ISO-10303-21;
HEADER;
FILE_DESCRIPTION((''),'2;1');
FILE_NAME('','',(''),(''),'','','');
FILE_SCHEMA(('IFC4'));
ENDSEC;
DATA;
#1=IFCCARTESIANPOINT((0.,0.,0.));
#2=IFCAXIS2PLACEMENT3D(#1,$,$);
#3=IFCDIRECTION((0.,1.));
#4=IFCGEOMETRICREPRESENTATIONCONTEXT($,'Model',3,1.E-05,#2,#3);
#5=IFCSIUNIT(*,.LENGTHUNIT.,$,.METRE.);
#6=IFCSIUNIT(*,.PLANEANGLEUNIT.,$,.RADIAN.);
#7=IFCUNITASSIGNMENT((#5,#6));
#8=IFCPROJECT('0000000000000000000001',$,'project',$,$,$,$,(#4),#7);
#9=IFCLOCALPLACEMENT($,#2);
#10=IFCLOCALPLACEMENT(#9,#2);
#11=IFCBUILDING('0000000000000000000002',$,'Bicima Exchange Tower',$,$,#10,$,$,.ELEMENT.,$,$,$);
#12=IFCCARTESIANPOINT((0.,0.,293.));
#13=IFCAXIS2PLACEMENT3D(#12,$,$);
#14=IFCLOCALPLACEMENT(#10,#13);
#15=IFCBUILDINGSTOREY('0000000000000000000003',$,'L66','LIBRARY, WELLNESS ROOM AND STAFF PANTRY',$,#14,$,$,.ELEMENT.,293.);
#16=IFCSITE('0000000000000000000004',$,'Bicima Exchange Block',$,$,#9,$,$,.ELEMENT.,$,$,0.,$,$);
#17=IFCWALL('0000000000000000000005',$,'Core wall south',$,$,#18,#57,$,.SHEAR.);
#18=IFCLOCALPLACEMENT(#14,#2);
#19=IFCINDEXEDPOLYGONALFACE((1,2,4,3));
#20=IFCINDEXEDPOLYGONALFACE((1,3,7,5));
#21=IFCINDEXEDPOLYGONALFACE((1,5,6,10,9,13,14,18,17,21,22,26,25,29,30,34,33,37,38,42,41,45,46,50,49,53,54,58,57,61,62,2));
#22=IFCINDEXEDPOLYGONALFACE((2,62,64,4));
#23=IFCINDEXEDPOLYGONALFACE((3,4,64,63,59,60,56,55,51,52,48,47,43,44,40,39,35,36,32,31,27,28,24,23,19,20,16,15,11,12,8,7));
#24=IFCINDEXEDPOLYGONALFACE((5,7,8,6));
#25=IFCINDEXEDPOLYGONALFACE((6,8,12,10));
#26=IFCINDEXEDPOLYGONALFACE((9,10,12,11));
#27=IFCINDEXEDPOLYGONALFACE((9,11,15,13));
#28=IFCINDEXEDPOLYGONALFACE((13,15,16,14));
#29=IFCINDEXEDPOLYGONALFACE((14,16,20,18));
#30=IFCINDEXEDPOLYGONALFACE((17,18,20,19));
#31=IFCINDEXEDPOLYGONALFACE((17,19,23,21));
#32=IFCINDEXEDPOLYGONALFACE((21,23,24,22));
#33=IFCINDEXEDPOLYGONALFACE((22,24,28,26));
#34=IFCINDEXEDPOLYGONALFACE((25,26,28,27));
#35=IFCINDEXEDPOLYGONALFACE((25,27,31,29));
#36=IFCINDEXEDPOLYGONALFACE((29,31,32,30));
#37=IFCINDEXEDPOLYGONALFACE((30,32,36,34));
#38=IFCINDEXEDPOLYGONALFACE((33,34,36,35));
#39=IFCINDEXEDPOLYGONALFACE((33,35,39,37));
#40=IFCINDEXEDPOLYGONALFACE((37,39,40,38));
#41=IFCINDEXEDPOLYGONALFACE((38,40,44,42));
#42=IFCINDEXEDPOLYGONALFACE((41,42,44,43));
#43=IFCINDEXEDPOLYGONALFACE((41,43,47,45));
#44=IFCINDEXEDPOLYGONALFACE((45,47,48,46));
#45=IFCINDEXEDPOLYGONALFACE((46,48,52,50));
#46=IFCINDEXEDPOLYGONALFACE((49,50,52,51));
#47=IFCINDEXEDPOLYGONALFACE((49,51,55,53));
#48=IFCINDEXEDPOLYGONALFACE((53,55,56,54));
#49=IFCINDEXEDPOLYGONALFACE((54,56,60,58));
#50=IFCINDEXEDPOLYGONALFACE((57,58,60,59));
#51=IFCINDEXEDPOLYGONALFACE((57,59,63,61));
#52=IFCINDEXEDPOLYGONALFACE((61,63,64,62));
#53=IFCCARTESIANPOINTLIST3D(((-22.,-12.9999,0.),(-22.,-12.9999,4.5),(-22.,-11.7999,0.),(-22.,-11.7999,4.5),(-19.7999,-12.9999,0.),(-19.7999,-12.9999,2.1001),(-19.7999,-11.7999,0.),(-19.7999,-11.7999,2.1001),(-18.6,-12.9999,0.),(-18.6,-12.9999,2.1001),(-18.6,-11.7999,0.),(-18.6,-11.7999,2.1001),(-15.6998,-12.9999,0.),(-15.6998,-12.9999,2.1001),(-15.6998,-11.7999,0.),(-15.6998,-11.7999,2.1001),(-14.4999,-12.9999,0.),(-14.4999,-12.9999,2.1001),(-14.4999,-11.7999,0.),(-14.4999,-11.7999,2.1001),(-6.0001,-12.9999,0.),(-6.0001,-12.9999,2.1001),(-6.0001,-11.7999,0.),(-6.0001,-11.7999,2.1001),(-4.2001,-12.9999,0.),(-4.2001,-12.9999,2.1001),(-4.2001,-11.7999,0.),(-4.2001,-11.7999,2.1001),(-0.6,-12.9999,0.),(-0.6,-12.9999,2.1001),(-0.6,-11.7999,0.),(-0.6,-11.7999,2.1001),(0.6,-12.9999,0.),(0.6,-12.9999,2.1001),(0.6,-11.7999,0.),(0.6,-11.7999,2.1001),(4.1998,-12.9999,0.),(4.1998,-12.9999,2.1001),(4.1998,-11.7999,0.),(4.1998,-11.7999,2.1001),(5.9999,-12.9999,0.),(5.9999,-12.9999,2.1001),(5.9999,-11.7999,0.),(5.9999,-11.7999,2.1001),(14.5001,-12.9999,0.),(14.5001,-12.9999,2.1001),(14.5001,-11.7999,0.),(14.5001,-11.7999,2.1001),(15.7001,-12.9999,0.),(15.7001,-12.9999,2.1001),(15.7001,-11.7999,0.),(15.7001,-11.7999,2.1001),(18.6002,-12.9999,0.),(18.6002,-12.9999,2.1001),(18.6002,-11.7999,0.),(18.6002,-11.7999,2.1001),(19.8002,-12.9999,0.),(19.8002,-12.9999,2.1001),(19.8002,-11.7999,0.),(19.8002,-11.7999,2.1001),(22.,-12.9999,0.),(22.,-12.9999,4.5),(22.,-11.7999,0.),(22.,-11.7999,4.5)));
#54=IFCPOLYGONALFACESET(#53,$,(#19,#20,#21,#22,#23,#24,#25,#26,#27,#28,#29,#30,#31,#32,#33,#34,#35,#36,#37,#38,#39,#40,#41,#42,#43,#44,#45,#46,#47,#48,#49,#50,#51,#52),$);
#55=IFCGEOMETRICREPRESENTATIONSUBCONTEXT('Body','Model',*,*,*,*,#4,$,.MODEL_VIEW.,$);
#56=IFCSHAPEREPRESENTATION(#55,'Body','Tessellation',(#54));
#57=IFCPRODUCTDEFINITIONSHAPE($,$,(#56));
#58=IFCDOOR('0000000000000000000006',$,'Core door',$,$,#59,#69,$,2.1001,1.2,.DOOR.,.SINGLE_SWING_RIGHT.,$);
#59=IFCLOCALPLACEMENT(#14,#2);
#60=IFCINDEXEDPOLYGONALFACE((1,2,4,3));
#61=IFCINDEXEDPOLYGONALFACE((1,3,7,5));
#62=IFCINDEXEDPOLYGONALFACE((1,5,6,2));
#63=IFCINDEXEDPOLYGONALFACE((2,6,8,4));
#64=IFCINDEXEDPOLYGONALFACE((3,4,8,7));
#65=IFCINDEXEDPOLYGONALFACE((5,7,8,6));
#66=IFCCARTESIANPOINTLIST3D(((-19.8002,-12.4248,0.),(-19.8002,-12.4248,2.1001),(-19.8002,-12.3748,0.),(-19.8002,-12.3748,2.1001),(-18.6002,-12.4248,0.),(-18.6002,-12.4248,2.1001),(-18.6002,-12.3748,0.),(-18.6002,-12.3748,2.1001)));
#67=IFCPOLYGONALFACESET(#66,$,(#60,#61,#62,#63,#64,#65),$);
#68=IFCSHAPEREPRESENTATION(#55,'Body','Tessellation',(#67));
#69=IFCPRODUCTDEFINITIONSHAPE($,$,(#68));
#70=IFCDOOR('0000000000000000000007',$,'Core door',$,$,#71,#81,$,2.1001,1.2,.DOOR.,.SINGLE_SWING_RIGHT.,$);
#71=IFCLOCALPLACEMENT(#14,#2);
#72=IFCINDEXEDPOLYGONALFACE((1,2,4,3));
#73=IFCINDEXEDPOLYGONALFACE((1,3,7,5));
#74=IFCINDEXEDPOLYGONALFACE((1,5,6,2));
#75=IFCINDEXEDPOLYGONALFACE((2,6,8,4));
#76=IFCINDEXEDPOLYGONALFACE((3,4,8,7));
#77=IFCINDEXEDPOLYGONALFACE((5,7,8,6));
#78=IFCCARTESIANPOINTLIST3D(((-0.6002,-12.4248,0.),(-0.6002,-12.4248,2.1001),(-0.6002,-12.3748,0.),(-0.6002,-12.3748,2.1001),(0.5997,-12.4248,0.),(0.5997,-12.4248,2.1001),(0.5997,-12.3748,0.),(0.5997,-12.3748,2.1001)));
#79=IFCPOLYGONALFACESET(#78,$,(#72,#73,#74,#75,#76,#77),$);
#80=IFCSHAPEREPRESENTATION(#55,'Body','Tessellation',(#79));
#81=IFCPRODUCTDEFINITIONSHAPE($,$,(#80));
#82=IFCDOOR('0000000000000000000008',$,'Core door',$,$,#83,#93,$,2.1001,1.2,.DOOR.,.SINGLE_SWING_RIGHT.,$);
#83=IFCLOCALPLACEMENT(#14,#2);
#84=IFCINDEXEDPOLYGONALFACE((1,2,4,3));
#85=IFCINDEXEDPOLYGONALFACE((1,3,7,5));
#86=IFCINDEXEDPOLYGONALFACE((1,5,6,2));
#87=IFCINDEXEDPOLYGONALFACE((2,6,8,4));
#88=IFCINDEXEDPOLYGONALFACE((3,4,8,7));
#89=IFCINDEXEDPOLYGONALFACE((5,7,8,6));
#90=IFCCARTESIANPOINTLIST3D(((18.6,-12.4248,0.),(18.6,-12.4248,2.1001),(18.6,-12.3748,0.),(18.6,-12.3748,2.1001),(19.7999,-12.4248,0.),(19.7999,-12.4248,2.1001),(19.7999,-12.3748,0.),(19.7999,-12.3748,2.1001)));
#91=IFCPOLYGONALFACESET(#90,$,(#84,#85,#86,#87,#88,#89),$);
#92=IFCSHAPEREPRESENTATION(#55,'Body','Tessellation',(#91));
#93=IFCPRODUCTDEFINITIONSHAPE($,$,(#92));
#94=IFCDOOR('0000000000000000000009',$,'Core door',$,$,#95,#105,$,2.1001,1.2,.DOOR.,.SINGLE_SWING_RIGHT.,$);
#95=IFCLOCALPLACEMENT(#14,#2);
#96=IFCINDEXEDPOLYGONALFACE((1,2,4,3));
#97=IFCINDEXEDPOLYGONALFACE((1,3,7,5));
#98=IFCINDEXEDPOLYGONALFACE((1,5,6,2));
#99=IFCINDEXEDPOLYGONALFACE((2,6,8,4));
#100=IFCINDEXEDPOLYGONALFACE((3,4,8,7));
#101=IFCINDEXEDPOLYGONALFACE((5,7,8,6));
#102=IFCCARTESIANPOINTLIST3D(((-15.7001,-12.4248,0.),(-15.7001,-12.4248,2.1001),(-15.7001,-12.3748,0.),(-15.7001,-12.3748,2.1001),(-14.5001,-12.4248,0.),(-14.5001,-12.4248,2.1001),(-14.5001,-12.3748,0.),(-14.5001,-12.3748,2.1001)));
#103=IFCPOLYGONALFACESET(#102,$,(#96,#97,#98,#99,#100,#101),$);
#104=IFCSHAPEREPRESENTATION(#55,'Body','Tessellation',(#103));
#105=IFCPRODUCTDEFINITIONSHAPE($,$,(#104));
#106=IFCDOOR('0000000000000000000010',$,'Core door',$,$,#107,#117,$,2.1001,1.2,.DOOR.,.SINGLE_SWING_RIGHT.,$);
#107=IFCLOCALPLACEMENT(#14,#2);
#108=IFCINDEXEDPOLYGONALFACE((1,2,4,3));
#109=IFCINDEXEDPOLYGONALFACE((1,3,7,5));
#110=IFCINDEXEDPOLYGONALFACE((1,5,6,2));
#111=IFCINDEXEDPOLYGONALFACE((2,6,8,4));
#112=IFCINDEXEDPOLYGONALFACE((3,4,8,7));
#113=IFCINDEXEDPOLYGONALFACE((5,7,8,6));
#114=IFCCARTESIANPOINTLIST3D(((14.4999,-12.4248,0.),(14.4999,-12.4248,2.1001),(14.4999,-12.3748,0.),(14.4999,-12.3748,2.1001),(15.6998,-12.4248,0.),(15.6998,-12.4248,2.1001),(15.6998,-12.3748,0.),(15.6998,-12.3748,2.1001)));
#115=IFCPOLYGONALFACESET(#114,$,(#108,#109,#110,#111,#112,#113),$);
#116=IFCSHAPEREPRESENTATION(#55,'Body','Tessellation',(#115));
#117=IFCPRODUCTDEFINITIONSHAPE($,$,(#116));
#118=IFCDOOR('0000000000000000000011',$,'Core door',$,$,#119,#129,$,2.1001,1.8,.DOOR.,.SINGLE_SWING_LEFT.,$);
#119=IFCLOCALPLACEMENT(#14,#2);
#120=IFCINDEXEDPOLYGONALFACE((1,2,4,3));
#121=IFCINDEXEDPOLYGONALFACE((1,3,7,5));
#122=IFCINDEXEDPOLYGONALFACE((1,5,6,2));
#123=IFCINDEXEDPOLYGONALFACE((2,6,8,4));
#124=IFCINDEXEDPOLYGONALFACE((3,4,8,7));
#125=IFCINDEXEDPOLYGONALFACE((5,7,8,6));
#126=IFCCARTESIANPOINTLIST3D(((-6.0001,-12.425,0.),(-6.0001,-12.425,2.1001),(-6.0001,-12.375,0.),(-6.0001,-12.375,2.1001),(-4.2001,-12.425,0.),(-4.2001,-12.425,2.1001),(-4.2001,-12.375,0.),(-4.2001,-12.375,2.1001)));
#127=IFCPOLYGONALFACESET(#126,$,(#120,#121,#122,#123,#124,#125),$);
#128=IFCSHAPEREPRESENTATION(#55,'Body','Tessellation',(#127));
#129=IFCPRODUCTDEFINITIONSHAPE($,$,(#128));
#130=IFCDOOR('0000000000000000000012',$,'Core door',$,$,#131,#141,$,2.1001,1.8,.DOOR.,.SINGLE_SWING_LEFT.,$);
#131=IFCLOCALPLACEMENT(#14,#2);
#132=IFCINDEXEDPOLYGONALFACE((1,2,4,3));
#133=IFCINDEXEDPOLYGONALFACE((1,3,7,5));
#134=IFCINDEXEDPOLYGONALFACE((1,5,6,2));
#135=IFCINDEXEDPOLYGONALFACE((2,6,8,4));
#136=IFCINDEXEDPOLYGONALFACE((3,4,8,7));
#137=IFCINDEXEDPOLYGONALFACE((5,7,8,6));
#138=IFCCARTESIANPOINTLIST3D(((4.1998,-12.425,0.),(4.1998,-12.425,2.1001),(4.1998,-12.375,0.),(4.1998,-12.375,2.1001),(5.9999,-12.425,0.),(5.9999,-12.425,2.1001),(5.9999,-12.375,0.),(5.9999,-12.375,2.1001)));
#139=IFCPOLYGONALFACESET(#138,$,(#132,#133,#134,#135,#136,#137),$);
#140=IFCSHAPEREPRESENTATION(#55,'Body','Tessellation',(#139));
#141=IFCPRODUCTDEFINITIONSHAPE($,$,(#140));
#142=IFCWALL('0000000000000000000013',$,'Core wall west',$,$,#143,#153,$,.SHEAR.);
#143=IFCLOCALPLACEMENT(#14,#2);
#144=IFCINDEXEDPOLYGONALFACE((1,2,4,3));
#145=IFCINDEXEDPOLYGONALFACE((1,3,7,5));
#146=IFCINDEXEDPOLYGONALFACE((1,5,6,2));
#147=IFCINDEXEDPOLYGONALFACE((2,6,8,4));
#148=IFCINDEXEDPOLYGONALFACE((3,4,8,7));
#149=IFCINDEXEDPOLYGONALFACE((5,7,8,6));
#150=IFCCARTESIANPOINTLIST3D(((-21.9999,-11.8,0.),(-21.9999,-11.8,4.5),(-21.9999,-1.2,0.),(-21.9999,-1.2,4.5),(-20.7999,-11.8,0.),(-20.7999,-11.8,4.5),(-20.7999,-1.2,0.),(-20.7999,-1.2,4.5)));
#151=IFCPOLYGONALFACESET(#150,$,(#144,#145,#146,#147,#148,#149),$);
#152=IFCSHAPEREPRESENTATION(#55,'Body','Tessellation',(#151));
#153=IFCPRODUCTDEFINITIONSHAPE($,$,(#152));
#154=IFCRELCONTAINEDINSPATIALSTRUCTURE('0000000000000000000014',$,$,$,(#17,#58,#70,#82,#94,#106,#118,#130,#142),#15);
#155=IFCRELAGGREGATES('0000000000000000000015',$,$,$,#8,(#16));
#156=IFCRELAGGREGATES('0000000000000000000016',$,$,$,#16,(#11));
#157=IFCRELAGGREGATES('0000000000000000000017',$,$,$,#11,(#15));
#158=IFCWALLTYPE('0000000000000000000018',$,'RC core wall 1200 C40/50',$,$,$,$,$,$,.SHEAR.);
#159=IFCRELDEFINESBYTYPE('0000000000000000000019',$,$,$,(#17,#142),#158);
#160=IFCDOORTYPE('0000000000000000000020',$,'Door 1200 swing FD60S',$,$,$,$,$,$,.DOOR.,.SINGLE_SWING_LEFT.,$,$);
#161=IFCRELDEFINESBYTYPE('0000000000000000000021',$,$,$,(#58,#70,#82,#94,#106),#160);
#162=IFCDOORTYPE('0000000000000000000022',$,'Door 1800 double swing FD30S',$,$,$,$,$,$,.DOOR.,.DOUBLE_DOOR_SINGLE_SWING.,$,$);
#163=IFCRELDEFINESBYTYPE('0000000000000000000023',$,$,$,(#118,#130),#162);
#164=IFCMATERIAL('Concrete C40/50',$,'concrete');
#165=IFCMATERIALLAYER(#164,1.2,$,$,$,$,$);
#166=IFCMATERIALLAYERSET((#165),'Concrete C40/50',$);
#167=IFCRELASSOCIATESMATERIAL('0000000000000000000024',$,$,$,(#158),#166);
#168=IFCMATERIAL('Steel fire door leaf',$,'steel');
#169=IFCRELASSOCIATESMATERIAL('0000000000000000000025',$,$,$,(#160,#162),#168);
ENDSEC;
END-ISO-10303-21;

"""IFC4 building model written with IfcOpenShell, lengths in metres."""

from ifc_helpers import new_model, si_unit, direction, frame, frame_2d, origin, place, context, subcontext, project, spatial, rectangle, extrude, material, layer, layer_set, type_object, element, fill, save


model = new_model("IFC4")

# Units and contexts
model_context = context("Model", 3, precision=1e-05, world=origin(), true_north=direction((0.0, 1.0)))
body_context = subcontext(model_context, "Body", "Model", "MODEL_VIEW")
ifc_project = project(units=[si_unit("LENGTHUNIT", "METRE"), si_unit("PLANEANGLEUNIT", "RADIAN")], contexts=[model_context])

# Site, building, storey
site_placement = place(None, origin())
site = spatial("IfcSite", under=ifc_project, at=site_placement, Name="Bicima Exchange Block", CompositionType="ELEMENT", RefElevation=0.0)
building_placement = place(site_placement, origin())
building = spatial("IfcBuilding", under=site, at=building_placement, Name="Bicima Exchange Tower", CompositionType="ELEMENT")
storey_placement = place(building_placement, frame((0.0, 0.0, 293.0)))
storey = spatial("IfcBuildingStorey", under=building, at=storey_placement, Name="L66", Description="LIBRARY, WELLNESS ROOM AND STAFF PANTRY", CompositionType="ELEMENT", Elevation=293.0)

# Wall, openings, doors
ifc_material_1 = material(Name="Concrete C40/50", Category="concrete")
ifc_layer_1 = layer(ifc_material_1, 1.2)
ifc_layer_set_1 = layer_set([ifc_layer_1], Name="Concrete C40/50")
wall_type_1 = type_object("IfcWallType", Name="RC core wall 1200 C40/50", PredefinedType="SHEAR", material=ifc_layer_set_1)
ifc_material_2 = material(Name="Steel fire door leaf", Category="steel")
wall_1_placement = place(storey_placement, frame((-22.0, -12.3999, 0.0), z_axis=(0.0, 0.0, 1.0), x_axis=(1.0, 0.0, 0.0)))
wall_1 = element("IfcWall", 1, at=wall_1_placement, inside=storey, type_object=wall_type_1, Name="Core wall south", PredefinedType="SHEAR", context=body_context, shape_type="SweptSolid", body=[
    extrude(rectangle(XDim=44.0, YDim=1.2, at=frame_2d((22.0, 0.0))), origin(), (0.0, 0.0, 1.0), 4.5),
])
opening_1_placement = place(wall_1_placement, frame((2.2, 0.0, 0.0)))
opening_1 = element("IfcOpeningElement", 2, at=opening_1_placement, cuts=wall_1, PredefinedType="OPENING", context=body_context, shape_type="SweptSolid", body=[
    extrude(rectangle(XDim=1.2, YDim=2.1001, at=frame_2d((0.6001, 1.05))), frame((0.0, 0.6118, 0.0), z_axis=(0.0, -1.0, 0.0), x_axis=(1.0, 0.0, 0.0)), (0.0, 0.0, 1.0), 1.2239),
])
opening_2_placement = place(wall_1_placement, frame((21.3999, 0.0, 0.0)))
opening_2 = element("IfcOpeningElement", 3, at=opening_2_placement, cuts=wall_1, PredefinedType="OPENING", context=body_context, shape_type="SweptSolid", body=[
    extrude(rectangle(XDim=1.2, YDim=2.1001, at=frame_2d((0.6001, 1.05))), frame((0.0, 0.6118, 0.0), z_axis=(0.0, -1.0, 0.0), x_axis=(1.0, 0.0, 0.0)), (0.0, 0.0, 1.0), 1.2239),
])
opening_3_placement = place(wall_1_placement, frame((40.6001, 0.0, 0.0)))
opening_3 = element("IfcOpeningElement", 4, at=opening_3_placement, cuts=wall_1, PredefinedType="OPENING", context=body_context, shape_type="SweptSolid", body=[
    extrude(rectangle(XDim=1.2, YDim=2.1001, at=frame_2d((0.6001, 1.05))), frame((0.0, 0.6118, 0.0), z_axis=(0.0, -1.0, 0.0), x_axis=(1.0, 0.0, 0.0)), (0.0, 0.0, 1.0), 1.2239),
])
opening_4_placement = place(wall_1_placement, frame((16.0, 0.0, 0.0)))
opening_4 = element("IfcOpeningElement", 5, at=opening_4_placement, cuts=wall_1, PredefinedType="OPENING", context=body_context, shape_type="SweptSolid", body=[
    extrude(rectangle(XDim=1.8, YDim=2.1001, at=frame_2d((0.8999, 1.05))), frame((0.0, 0.6118, 0.0), z_axis=(0.0, -1.0, 0.0), x_axis=(1.0, 0.0, 0.0)), (0.0, 0.0, 1.0), 1.2239),
])
opening_5_placement = place(wall_1_placement, frame((6.3, 0.0, 0.0)))
opening_5 = element("IfcOpeningElement", 6, at=opening_5_placement, cuts=wall_1, PredefinedType="OPENING", context=body_context, shape_type="SweptSolid", body=[
    extrude(rectangle(XDim=1.2, YDim=2.1001, at=frame_2d((0.6001, 1.05))), frame((0.0, 0.6118, 0.0), z_axis=(0.0, -1.0, 0.0), x_axis=(1.0, 0.0, 0.0)), (0.0, 0.0, 1.0), 1.2239),
])
opening_6_placement = place(wall_1_placement, frame((26.2, 0.0, 0.0)))
opening_6 = element("IfcOpeningElement", 7, at=opening_6_placement, cuts=wall_1, PredefinedType="OPENING", context=body_context, shape_type="SweptSolid", body=[
    extrude(rectangle(XDim=1.8, YDim=2.1001, at=frame_2d((0.8999, 1.05))), frame((0.0, 0.6118, 0.0), z_axis=(0.0, -1.0, 0.0), x_axis=(1.0, 0.0, 0.0)), (0.0, 0.0, 1.0), 1.2239),
])
opening_7_placement = place(wall_1_placement, frame((36.5, 0.0, 0.0)))
opening_7 = element("IfcOpeningElement", 8, at=opening_7_placement, cuts=wall_1, PredefinedType="OPENING", context=body_context, shape_type="SweptSolid", body=[
    extrude(rectangle(XDim=1.2, YDim=2.1001, at=frame_2d((0.6001, 1.05))), frame((0.0, 0.6118, 0.0), z_axis=(0.0, -1.0, 0.0), x_axis=(1.0, 0.0, 0.0)), (0.0, 0.0, 1.0), 1.2239),
])
door_type_1 = type_object("IfcDoorType", Name="Door 1200 swing FD60S", OperationType="SINGLE_SWING_LEFT", PredefinedType="DOOR", material=ifc_material_2)
door_1_placement = place(opening_1_placement, frame((1.2, 0.0, 0.0), z_axis=(0.0, 0.0, 1.0), x_axis=(-1.0, 0.0, 0.0)))
door_1 = element("IfcDoor", 9, at=door_1_placement, inside=storey, type_object=door_type_1, Name="Core door", OperationType="SINGLE_SWING_RIGHT", OverallHeight=2.1001, OverallWidth=1.2, PredefinedType="DOOR", context=body_context, shape_type="SweptSolid", body=[
    extrude(rectangle(XDim=1.2, YDim=2.1001, at=frame_2d((0.6001, 1.05))), frame((0.0, 0.0249, 0.0), z_axis=(0.0, -1.0, 0.0), x_axis=(1.0, 0.0, 0.0)), (0.0, 0.0, 1.0), 0.05),
])
fill(opening_1, door_1)
door_2_placement = place(opening_2_placement, frame((1.2, 0.0, 0.0), z_axis=(0.0, 0.0, 1.0), x_axis=(-1.0, 0.0, 0.0)))
door_2 = element("IfcDoor", 10, at=door_2_placement, inside=storey, type_object=door_type_1, Name="Core door", OperationType="SINGLE_SWING_RIGHT", OverallHeight=2.1001, OverallWidth=1.2, PredefinedType="DOOR", context=body_context, shape_type="SweptSolid", body=[
    extrude(rectangle(XDim=1.2, YDim=2.1001, at=frame_2d((0.6001, 1.05))), frame((0.0, 0.0249, 0.0), z_axis=(0.0, -1.0, 0.0), x_axis=(1.0, 0.0, 0.0)), (0.0, 0.0, 1.0), 0.05),
])
fill(opening_2, door_2)
door_3_placement = place(opening_3_placement, frame((1.2, 0.0, 0.0), z_axis=(0.0, 0.0, 1.0), x_axis=(-1.0, 0.0, 0.0)))
door_3 = element("IfcDoor", 11, at=door_3_placement, inside=storey, type_object=door_type_1, Name="Core door", OperationType="SINGLE_SWING_RIGHT", OverallHeight=2.1001, OverallWidth=1.2, PredefinedType="DOOR", context=body_context, shape_type="SweptSolid", body=[
    extrude(rectangle(XDim=1.2, YDim=2.1001, at=frame_2d((0.6001, 1.05))), frame((0.0, 0.0249, 0.0), z_axis=(0.0, -1.0, 0.0), x_axis=(1.0, 0.0, 0.0)), (0.0, 0.0, 1.0), 0.05),
])
fill(opening_3, door_3)
door_4_placement = place(opening_5_placement, frame((1.2, 0.0, 0.0), z_axis=(0.0, 0.0, 1.0), x_axis=(-1.0, 0.0, 0.0)))
door_4 = element("IfcDoor", 12, at=door_4_placement, inside=storey, type_object=door_type_1, Name="Core door", OperationType="SINGLE_SWING_RIGHT", OverallHeight=2.1001, OverallWidth=1.2, PredefinedType="DOOR", context=body_context, shape_type="SweptSolid", body=[
    extrude(rectangle(XDim=1.2, YDim=2.1001, at=frame_2d((0.6001, 1.05))), frame((0.0, 0.0249, 0.0), z_axis=(0.0, -1.0, 0.0), x_axis=(1.0, 0.0, 0.0)), (0.0, 0.0, 1.0), 0.05),
])
fill(opening_5, door_4)
door_5_placement = place(opening_7_placement, frame((1.2, 0.0, 0.0), z_axis=(0.0, 0.0, 1.0), x_axis=(-1.0, 0.0, 0.0)))
door_5 = element("IfcDoor", 13, at=door_5_placement, inside=storey, type_object=door_type_1, Name="Core door", OperationType="SINGLE_SWING_RIGHT", OverallHeight=2.1001, OverallWidth=1.2, PredefinedType="DOOR", context=body_context, shape_type="SweptSolid", body=[
    extrude(rectangle(XDim=1.2, YDim=2.1001, at=frame_2d((0.6001, 1.05))), frame((0.0, 0.0249, 0.0), z_axis=(0.0, -1.0, 0.0), x_axis=(1.0, 0.0, 0.0)), (0.0, 0.0, 1.0), 0.05),
])
fill(opening_7, door_5)
door_type_2 = type_object("IfcDoorType", Name="Door 1800 double swing FD30S", OperationType="DOUBLE_DOOR_SINGLE_SWING", PredefinedType="DOOR", material=ifc_material_2)
door_6_placement = place(opening_4_placement, origin())
door_6 = element("IfcDoor", 14, at=door_6_placement, inside=storey, type_object=door_type_2, Name="Core door", OperationType="SINGLE_SWING_LEFT", OverallHeight=2.1001, OverallWidth=1.8, PredefinedType="DOOR", context=body_context, shape_type="SweptSolid", body=[
    extrude(rectangle(XDim=1.8, YDim=2.1001, at=frame_2d((0.8999, 1.05))), frame((0.0, 0.0249, 0.0), z_axis=(0.0, -1.0, 0.0), x_axis=(1.0, 0.0, 0.0)), (0.0, 0.0, 1.0), 0.05),
])
fill(opening_4, door_6)
door_7_placement = place(opening_6_placement, origin())
door_7 = element("IfcDoor", 15, at=door_7_placement, inside=storey, type_object=door_type_2, Name="Core door", OperationType="SINGLE_SWING_LEFT", OverallHeight=2.1001, OverallWidth=1.8, PredefinedType="DOOR", context=body_context, shape_type="SweptSolid", body=[
    extrude(rectangle(XDim=1.8, YDim=2.1001, at=frame_2d((0.8999, 1.05))), frame((0.0, 0.0249, 0.0), z_axis=(0.0, -1.0, 0.0), x_axis=(1.0, 0.0, 0.0)), (0.0, 0.0, 1.0), 0.05),
])
fill(opening_6, door_7)

# Wall
wall_2_placement = place(storey_placement, frame((-21.3999, -11.8, 0.0), z_axis=(0.0, 0.0, 1.0), x_axis=(0.0, 1.0, 0.0)))
element("IfcWall", 16, at=wall_2_placement, inside=storey, type_object=wall_type_1, Name="Core wall west", PredefinedType="SHEAR", context=body_context, shape_type="SweptSolid", body=[
    extrude(rectangle(XDim=10.6001, YDim=1.2, at=frame_2d((5.3, 0.0))), origin(), (0.0, 0.0, 1.0), 4.5),
])

save(model, "model.ifc")
